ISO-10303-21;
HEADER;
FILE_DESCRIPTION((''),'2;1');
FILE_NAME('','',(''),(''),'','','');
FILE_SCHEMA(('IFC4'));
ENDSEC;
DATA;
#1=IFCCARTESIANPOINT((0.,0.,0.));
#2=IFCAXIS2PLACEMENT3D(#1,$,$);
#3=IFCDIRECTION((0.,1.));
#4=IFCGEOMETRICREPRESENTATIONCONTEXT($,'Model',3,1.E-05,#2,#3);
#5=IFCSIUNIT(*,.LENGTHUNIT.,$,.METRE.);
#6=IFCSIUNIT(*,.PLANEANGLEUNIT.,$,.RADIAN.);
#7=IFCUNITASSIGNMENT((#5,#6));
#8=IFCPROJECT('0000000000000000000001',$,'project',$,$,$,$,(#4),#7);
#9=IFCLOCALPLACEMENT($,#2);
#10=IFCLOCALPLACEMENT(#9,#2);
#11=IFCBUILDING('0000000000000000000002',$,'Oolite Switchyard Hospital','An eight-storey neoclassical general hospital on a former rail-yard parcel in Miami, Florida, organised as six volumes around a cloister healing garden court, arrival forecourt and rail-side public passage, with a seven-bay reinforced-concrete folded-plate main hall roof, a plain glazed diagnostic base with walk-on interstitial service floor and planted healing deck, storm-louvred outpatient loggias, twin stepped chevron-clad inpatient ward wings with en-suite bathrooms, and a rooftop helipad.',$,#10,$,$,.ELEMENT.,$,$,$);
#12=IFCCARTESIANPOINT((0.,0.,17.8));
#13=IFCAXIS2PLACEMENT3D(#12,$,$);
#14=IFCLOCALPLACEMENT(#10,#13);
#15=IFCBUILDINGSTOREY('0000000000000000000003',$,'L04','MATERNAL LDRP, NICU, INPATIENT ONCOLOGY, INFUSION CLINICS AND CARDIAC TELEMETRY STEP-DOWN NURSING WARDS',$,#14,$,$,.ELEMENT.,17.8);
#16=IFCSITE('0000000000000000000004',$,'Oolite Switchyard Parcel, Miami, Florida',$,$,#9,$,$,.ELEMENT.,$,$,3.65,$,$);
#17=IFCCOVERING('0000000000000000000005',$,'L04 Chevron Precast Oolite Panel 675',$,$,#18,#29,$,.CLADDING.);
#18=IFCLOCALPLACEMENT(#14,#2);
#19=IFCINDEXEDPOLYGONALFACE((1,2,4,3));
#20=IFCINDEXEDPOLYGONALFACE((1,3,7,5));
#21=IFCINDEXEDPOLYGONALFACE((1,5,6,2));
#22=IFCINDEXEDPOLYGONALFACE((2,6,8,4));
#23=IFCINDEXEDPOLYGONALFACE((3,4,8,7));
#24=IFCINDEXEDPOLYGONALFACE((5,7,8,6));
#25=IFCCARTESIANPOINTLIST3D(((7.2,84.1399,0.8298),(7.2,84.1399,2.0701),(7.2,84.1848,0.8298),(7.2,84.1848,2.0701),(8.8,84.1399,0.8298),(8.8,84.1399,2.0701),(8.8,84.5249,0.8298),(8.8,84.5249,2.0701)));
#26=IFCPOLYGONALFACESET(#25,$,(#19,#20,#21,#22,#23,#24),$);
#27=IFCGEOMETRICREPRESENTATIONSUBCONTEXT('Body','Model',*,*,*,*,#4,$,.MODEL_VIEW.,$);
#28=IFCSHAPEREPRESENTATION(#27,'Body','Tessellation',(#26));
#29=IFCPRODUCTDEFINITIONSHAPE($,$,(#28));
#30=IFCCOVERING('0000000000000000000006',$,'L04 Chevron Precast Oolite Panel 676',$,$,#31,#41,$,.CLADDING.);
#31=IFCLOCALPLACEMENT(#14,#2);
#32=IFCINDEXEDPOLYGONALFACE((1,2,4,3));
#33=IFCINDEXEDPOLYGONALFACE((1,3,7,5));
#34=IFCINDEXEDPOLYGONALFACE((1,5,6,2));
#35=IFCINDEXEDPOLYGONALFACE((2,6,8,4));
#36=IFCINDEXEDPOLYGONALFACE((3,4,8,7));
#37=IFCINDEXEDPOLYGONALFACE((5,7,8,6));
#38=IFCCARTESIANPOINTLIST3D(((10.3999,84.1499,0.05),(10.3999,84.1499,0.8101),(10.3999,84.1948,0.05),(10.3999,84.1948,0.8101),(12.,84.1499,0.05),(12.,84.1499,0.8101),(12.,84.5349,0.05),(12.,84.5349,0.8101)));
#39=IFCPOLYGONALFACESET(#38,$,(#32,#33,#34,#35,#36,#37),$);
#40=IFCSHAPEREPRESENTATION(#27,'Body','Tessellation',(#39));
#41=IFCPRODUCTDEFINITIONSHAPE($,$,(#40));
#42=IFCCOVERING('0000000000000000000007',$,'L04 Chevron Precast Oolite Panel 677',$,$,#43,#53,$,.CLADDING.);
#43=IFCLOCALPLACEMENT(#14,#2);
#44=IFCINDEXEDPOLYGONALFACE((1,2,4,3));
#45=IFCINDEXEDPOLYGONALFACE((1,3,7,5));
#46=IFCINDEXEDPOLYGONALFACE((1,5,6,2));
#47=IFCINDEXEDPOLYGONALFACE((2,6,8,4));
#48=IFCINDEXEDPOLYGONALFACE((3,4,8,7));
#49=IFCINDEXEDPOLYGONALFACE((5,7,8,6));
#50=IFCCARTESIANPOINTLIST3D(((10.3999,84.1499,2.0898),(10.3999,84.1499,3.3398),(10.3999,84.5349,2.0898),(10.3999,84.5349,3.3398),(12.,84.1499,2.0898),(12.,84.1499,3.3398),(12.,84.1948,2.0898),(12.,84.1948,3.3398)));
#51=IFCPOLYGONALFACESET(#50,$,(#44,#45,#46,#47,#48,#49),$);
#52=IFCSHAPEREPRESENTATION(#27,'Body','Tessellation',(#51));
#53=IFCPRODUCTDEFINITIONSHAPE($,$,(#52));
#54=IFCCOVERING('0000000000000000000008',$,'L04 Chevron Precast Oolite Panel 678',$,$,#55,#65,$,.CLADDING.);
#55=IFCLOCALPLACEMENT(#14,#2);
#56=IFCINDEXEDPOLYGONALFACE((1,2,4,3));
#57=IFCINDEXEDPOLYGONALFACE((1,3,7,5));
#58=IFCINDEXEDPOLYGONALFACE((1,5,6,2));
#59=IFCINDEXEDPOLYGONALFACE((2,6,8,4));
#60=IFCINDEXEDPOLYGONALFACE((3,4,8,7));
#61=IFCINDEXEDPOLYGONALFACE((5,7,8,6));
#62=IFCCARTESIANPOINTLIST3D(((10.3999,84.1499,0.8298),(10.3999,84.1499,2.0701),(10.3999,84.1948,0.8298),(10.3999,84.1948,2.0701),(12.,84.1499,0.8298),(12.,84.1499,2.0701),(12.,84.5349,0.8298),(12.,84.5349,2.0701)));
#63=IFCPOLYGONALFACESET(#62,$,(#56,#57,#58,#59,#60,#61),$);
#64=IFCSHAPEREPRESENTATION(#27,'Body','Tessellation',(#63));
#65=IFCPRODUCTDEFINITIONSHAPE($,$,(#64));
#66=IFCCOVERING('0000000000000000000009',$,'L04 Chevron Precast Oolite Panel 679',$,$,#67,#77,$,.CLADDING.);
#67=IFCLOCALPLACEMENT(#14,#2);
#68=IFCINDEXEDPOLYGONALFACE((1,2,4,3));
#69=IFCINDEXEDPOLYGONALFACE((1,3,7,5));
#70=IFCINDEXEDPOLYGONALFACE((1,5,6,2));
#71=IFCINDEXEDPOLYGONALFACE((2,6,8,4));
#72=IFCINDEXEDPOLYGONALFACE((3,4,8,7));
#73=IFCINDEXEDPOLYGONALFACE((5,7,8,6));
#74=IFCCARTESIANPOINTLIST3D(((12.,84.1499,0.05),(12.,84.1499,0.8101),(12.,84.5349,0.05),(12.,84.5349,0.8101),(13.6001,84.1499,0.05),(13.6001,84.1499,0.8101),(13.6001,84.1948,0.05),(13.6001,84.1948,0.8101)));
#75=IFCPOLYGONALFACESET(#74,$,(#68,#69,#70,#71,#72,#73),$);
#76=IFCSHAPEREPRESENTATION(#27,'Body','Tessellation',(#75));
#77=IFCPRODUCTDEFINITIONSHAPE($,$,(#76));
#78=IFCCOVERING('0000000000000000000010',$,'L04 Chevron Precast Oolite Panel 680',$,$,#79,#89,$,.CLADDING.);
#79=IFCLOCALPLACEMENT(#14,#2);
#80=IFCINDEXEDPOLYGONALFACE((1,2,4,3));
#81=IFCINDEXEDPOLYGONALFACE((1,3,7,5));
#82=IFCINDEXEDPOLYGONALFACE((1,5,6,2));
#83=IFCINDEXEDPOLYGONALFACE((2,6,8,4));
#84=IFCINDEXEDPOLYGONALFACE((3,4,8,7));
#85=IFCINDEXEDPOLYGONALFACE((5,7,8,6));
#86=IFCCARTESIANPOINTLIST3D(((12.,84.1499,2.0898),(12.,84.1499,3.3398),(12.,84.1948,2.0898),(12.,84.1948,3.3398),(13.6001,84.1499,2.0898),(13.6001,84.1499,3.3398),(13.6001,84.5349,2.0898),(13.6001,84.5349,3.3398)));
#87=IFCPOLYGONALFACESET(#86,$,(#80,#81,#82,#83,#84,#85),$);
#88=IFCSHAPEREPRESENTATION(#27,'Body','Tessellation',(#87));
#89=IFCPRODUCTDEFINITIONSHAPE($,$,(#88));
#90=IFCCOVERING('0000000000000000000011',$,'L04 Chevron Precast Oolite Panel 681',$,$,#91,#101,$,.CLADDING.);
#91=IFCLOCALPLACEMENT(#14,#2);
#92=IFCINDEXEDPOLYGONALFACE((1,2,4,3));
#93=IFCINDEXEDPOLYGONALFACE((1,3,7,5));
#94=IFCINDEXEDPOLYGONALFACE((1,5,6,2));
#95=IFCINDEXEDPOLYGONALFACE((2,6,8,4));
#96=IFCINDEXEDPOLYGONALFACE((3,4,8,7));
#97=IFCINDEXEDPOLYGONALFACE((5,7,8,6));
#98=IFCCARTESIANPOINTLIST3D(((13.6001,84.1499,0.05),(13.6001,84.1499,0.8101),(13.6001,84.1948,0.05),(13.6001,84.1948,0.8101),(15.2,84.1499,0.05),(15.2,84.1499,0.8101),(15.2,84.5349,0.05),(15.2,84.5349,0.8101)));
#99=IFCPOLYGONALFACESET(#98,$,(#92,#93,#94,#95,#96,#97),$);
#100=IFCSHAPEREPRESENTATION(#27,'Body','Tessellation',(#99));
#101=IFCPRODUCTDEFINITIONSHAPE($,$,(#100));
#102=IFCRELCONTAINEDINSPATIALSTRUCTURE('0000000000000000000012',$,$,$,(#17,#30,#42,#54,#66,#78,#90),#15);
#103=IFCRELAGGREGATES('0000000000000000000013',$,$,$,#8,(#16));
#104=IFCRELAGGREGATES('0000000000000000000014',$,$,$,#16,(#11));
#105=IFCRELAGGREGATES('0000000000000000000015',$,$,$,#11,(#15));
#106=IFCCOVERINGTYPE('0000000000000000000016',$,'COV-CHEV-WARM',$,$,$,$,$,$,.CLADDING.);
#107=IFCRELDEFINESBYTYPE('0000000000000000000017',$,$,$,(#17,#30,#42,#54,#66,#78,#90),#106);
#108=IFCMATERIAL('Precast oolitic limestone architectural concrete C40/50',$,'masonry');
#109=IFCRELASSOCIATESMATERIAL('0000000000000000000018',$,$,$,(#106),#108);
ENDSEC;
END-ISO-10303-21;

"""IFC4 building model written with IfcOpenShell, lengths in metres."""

from ifc_helpers import new_model, si_unit, direction, frame, origin, place, context, subcontext, project, spatial, polyline, outline, extrude, material, type_object, element, save


model = new_model("IFC4")

# Units and contexts
model_context = context("Model", 3, precision=1e-05, world=origin(), true_north=direction((0.0, 1.0)))
body_context = subcontext(model_context, "Body", "Model", "MODEL_VIEW")
ifc_project = project(units=[si_unit("LENGTHUNIT", "METRE"), si_unit("PLANEANGLEUNIT", "RADIAN")], contexts=[model_context])

# Site, building, storey
site_placement = place(None, origin())
site = spatial("IfcSite", under=ifc_project, at=site_placement, Name="Oolite Switchyard Parcel, Miami, Florida", CompositionType="ELEMENT", RefElevation=3.65)
building_placement = place(site_placement, origin())
building = spatial("IfcBuilding", under=site, at=building_placement, Name="Oolite Switchyard Hospital", Description="An eight-storey neoclassical general hospital on a former rail-yard parcel in Miami, Florida, organised as six volumes around a cloister healing garden court, arrival forecourt and rail-side public passage, with a seven-bay reinforced-concrete folded-plate main hall roof, a plain glazed diagnostic base with walk-on interstitial service floor and planted healing deck, storm-louvred outpatient loggias, twin stepped chevron-clad inpatient ward wings with en-suite bathrooms, and a rooftop helipad.", CompositionType="ELEMENT")
storey_placement = place(building_placement, frame((0.0, 0.0, 17.8)))
storey = spatial("IfcBuildingStorey", under=building, at=storey_placement, Name="L04", Description="MATERNAL LDRP, NICU, INPATIENT ONCOLOGY, INFUSION CLINICS AND CARDIAC TELEMETRY STEP-DOWN NURSING WARDS", CompositionType="ELEMENT", Elevation=17.8)

# Shared definitions
ifc_material_1 = material(Name="Precast oolitic limestone architectural concrete C40/50", Category="masonry")

# Coverings
covering_type = type_object("IfcCoveringType", Name="COV-CHEV-WARM", PredefinedType="CLADDING", material=ifc_material_1)
covering_1_placement = place(storey_placement, frame((7.2, 84.1399, 0.8298), z_axis=(0.0, 0.0, 1.0), x_axis=(1.0, 0.0, 0.0)))
element("IfcCovering", 1, at=covering_1_placement, inside=storey, type_object=covering_type, Name="L04 Chevron Precast Oolite Panel 675", PredefinedType="CLADDING", context=body_context, shape_type="SweptSolid", body=[
    extrude(outline(polyline([(0.0, 0.0), (1.6001, 0.0), (1.6001, 0.385), (0.0, 0.0449), (0.0, 0.0)])), origin(), (0.0, 0.0, 1.0), 1.2402),
])
covering_2_placement = place(storey_placement, frame((10.3999, 84.1499, 0.05), z_axis=(0.0, 0.0, 1.0), x_axis=(1.0, 0.0, 0.0)))
element("IfcCovering", 2, at=covering_2_placement, inside=storey, type_object=covering_type, Name="L04 Chevron Precast Oolite Panel 676", PredefinedType="CLADDING", context=body_context, shape_type="SweptSolid", body=[
    extrude(outline(polyline([(0.0, 0.0), (1.6001, 0.0), (1.6001, 0.385), (0.0, 0.0449), (0.0, 0.0)])), origin(), (0.0, 0.0, 1.0), 0.76),
])
covering_3_placement = place(storey_placement, frame((10.3999, 84.1499, 2.0898), z_axis=(0.0, 0.0, 1.0), x_axis=(1.0, 0.0, 0.0)))
element("IfcCovering", 3, at=covering_3_placement, inside=storey, type_object=covering_type, Name="L04 Chevron Precast Oolite Panel 677", PredefinedType="CLADDING", context=body_context, shape_type="SweptSolid", body=[
    extrude(outline(polyline([(0.0, 0.0), (1.6001, 0.0), (1.6001, 0.0449), (0.0, 0.385), (0.0, 0.0)])), origin(), (0.0, 0.0, 1.0), 1.25),
])
covering_4_placement = place(storey_placement, frame((10.3999, 84.1499, 0.8298), z_axis=(0.0, 0.0, 1.0), x_axis=(1.0, 0.0, 0.0)))
element("IfcCovering", 4, at=covering_4_placement, inside=storey, type_object=covering_type, Name="L04 Chevron Precast Oolite Panel 678", PredefinedType="CLADDING", context=body_context, shape_type="SweptSolid", body=[
    extrude(outline(polyline([(0.0, 0.0), (1.6001, 0.0), (1.6001, 0.385), (0.0, 0.0449), (0.0, 0.0)])), origin(), (0.0, 0.0, 1.0), 1.2402),
])
covering_5_placement = place(storey_placement, frame((12.0, 84.1499, 0.05), z_axis=(0.0, 0.0, 1.0), x_axis=(1.0, 0.0, 0.0)))
element("IfcCovering", 5, at=covering_5_placement, inside=storey, type_object=covering_type, Name="L04 Chevron Precast Oolite Panel 679", PredefinedType="CLADDING", context=body_context, shape_type="SweptSolid", body=[
    extrude(outline(polyline([(0.0, 0.0), (1.6001, 0.0), (1.6001, 0.0449), (0.0, 0.385), (0.0, 0.0)])), origin(), (0.0, 0.0, 1.0), 0.76),
])
covering_6_placement = place(storey_placement, frame((12.0, 84.1499, 2.0898), z_axis=(0.0, 0.0, 1.0), x_axis=(1.0, 0.0, 0.0)))
element("IfcCovering", 6, at=covering_6_placement, inside=storey, type_object=covering_type, Name="L04 Chevron Precast Oolite Panel 680", PredefinedType="CLADDING", context=body_context, shape_type="SweptSolid", body=[
    extrude(outline(polyline([(0.0, 0.0), (1.6001, 0.0), (1.6001, 0.385), (0.0, 0.0449), (0.0, 0.0)])), origin(), (0.0, 0.0, 1.0), 1.25),
])
covering_7_placement = place(storey_placement, frame((13.6001, 84.1499, 0.05), z_axis=(0.0, 0.0, 1.0), x_axis=(1.0, 0.0, 0.0)))
element("IfcCovering", 7, at=covering_7_placement, inside=storey, type_object=covering_type, Name="L04 Chevron Precast Oolite Panel 681", PredefinedType="CLADDING", context=body_context, shape_type="SweptSolid", body=[
    extrude(outline(polyline([(0.0, 0.0), (1.5999, 0.0), (1.5999, 0.385), (0.0, 0.0449), (0.0, 0.0)])), origin(), (0.0, 0.0, 1.0), 0.76),
])

save(model, "model.ifc")
